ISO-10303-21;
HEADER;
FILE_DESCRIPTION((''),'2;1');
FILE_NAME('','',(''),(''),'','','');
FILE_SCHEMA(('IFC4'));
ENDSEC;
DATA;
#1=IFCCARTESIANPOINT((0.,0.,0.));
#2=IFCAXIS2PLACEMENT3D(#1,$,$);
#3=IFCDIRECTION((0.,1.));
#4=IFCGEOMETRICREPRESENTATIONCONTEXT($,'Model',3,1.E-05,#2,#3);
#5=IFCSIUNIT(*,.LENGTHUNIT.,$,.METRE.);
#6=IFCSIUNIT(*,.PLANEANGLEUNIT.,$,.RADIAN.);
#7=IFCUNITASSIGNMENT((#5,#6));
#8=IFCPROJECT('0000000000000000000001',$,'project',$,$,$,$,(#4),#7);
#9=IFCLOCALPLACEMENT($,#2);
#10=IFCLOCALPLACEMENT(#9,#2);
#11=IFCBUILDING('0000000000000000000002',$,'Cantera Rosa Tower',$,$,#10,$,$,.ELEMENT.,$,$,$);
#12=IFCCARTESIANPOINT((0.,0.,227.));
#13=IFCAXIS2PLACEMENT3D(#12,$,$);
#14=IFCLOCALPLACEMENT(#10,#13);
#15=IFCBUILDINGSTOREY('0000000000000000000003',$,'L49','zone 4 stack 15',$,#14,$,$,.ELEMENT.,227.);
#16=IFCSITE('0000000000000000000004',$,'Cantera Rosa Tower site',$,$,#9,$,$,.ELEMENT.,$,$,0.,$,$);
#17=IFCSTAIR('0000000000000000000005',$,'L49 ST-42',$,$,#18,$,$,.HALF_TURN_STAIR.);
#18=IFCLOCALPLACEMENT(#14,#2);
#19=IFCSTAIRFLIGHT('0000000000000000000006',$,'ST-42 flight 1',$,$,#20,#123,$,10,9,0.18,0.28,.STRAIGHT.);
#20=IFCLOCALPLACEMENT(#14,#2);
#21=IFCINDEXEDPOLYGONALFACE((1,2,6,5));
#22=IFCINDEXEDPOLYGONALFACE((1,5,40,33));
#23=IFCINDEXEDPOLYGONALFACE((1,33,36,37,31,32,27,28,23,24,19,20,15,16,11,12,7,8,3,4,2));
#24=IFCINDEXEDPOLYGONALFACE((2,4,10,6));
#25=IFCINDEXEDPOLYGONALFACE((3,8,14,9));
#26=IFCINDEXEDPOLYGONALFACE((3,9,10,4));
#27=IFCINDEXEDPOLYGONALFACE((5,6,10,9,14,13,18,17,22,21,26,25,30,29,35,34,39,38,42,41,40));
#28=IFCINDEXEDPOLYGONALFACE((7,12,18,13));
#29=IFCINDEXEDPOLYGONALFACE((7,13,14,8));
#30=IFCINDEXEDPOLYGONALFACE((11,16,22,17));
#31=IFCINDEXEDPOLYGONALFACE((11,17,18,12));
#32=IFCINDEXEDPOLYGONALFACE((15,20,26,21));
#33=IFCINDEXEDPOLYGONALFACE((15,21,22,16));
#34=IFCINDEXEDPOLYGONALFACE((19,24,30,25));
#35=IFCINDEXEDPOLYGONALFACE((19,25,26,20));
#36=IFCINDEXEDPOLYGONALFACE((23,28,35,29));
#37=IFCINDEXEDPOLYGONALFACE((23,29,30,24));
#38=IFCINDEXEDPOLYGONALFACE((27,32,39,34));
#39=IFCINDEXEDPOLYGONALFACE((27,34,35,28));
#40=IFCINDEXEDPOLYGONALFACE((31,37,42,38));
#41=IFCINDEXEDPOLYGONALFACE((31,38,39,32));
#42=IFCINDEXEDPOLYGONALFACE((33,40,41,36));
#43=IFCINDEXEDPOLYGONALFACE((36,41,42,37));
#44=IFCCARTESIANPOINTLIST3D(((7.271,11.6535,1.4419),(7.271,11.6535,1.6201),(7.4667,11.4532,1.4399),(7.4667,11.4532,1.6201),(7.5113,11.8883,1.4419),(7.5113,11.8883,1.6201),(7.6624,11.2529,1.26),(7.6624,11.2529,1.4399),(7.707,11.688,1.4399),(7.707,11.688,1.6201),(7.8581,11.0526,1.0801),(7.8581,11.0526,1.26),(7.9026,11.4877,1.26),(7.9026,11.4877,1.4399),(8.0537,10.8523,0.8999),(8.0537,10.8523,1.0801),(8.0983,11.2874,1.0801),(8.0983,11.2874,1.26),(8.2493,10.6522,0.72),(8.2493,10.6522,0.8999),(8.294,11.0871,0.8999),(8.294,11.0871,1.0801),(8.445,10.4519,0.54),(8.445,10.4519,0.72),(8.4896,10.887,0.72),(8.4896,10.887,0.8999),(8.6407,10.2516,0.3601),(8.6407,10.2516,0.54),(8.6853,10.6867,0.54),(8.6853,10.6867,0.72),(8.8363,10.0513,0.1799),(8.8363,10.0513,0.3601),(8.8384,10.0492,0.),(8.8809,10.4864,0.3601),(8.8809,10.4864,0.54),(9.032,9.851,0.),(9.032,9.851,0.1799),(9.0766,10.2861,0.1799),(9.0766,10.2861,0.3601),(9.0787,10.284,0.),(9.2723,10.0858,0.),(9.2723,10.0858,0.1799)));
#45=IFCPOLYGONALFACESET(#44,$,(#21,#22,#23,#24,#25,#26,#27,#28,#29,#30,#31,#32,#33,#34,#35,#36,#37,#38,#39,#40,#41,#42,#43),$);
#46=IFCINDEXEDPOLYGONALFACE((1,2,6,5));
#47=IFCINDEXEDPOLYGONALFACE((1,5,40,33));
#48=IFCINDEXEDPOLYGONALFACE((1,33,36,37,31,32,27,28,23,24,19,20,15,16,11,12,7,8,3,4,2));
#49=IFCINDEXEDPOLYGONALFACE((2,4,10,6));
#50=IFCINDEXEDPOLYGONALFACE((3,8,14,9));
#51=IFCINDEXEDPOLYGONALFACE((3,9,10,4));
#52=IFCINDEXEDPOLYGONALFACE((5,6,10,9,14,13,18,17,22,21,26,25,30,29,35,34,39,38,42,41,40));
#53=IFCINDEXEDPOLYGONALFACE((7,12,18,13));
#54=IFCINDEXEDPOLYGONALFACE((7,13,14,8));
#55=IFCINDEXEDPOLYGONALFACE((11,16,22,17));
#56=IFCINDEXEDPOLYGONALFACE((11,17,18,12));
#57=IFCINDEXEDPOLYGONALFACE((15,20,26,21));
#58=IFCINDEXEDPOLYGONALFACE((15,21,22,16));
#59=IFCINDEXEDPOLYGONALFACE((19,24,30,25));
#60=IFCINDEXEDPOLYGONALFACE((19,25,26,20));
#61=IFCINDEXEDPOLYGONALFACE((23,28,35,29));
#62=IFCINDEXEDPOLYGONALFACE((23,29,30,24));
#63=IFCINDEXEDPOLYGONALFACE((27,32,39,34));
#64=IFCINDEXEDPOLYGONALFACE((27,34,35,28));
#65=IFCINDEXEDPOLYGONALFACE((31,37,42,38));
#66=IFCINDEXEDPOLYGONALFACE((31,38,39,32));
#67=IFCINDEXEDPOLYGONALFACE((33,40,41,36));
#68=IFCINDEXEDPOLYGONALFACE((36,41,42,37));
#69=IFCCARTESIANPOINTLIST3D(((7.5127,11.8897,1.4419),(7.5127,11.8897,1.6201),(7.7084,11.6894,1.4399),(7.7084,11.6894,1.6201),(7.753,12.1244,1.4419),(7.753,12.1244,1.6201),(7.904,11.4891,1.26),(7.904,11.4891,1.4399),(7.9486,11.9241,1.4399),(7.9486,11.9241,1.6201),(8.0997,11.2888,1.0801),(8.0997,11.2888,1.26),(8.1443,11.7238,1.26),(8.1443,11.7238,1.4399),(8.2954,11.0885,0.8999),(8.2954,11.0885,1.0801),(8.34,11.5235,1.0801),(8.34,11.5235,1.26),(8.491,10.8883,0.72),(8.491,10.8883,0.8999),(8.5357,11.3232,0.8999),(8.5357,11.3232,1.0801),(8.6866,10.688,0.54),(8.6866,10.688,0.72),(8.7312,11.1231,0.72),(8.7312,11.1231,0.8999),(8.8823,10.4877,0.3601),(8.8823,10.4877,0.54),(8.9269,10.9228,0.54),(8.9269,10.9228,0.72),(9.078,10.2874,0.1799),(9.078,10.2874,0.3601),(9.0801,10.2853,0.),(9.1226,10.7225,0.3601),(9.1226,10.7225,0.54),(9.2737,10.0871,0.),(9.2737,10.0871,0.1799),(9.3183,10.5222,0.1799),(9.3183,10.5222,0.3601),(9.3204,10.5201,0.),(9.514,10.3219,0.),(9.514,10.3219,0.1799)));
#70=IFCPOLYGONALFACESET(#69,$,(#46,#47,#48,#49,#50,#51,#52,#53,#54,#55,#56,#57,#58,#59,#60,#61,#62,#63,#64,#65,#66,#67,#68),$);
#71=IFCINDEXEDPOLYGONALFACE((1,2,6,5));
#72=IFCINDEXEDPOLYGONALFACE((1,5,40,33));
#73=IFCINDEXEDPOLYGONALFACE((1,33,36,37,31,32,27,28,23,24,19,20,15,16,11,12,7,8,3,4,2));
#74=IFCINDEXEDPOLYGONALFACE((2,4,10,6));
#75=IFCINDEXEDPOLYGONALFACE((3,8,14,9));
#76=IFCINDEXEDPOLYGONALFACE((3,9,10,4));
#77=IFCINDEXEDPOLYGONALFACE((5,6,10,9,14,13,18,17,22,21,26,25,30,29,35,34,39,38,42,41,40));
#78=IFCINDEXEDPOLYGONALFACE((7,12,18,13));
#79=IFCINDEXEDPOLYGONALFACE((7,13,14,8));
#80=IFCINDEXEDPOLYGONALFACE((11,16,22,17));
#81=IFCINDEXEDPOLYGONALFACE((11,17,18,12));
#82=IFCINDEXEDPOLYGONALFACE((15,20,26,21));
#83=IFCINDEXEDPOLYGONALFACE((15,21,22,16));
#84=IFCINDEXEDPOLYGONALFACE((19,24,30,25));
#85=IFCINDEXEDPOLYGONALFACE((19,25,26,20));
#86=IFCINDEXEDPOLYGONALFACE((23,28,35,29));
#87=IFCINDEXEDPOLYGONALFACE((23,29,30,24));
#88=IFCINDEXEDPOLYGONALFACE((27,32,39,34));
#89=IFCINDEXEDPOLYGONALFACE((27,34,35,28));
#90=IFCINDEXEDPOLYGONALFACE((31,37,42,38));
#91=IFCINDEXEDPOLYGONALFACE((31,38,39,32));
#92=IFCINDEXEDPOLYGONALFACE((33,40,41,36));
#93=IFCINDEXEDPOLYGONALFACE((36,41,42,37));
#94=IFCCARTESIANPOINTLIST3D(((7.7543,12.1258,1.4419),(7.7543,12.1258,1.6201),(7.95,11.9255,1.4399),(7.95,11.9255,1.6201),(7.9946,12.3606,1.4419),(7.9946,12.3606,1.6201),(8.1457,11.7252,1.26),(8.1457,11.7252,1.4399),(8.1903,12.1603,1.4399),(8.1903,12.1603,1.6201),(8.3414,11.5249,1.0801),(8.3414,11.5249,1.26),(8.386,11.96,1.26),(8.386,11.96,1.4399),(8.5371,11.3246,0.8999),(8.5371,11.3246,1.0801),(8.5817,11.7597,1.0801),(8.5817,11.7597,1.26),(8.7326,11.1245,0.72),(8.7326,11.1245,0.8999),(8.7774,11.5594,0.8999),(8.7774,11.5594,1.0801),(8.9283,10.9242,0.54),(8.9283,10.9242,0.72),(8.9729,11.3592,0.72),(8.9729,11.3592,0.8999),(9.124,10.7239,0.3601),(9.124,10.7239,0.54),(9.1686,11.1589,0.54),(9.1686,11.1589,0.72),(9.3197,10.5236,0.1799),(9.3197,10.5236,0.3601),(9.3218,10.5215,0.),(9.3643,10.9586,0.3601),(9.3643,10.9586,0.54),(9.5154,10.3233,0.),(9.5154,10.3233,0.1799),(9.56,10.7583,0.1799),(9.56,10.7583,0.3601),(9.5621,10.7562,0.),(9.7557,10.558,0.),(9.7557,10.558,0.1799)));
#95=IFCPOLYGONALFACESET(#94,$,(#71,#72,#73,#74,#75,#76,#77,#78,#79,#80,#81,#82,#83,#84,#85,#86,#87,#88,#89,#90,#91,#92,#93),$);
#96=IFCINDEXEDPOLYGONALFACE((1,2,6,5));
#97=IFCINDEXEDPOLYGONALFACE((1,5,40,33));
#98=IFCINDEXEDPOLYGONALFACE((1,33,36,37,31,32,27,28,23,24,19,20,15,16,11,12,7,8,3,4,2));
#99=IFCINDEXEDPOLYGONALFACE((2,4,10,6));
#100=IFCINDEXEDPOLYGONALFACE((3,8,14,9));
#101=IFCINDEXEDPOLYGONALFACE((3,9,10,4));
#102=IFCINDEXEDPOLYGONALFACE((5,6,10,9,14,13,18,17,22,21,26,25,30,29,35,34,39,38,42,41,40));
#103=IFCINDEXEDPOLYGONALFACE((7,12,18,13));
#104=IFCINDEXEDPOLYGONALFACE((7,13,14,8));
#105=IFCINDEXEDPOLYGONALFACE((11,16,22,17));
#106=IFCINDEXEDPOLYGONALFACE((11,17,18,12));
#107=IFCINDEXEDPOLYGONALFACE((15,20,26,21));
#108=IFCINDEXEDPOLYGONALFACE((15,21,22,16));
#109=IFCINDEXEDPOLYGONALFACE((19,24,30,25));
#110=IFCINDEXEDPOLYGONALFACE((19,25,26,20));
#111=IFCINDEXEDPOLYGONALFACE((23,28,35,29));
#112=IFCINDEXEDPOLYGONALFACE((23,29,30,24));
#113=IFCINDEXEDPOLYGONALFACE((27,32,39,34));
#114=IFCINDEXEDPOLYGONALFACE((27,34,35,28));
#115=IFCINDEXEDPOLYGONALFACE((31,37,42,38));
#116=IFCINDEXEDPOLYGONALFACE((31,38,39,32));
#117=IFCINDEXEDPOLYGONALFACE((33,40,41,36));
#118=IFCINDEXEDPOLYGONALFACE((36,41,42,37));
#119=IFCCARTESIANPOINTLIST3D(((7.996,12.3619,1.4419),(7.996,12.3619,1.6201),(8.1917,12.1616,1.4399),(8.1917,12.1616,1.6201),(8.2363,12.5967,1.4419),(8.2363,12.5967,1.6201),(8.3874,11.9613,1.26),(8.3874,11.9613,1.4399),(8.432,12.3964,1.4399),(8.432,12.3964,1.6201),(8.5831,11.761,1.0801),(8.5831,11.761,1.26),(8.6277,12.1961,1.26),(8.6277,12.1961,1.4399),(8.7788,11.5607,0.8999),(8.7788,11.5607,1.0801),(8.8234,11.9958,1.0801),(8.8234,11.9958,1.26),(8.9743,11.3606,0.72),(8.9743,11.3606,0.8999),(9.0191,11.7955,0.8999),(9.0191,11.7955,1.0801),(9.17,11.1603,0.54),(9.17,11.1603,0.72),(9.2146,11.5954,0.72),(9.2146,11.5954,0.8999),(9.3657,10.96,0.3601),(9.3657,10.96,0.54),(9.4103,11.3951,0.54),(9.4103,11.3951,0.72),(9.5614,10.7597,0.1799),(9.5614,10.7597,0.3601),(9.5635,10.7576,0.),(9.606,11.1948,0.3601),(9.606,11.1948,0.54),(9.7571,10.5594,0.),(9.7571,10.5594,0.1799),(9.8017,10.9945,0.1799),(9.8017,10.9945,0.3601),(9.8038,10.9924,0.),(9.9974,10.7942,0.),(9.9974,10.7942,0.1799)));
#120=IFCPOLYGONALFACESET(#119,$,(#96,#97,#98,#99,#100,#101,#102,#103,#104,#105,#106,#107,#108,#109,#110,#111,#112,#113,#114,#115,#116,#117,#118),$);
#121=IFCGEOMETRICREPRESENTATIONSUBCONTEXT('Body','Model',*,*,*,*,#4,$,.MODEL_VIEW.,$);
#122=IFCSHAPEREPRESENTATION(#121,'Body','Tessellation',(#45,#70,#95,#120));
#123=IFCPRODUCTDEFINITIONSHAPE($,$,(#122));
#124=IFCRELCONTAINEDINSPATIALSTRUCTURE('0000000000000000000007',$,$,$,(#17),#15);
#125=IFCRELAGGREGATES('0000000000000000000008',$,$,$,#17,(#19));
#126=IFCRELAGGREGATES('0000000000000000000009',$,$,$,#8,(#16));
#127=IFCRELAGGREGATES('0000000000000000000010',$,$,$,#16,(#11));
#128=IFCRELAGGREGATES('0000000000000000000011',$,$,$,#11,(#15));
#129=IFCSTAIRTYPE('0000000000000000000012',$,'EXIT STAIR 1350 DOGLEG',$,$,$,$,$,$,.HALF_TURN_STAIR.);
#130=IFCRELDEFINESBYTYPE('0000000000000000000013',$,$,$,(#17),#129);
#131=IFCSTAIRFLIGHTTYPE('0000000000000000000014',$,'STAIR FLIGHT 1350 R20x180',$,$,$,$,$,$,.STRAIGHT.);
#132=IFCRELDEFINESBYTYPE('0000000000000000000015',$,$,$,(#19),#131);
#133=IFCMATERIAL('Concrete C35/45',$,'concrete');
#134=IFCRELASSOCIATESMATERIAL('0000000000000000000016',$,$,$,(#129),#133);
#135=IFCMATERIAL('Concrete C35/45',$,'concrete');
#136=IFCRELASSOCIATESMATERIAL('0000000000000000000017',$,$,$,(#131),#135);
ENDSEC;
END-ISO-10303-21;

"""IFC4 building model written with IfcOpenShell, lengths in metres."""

from ifc_helpers import new_model, si_unit, direction, frame, origin, place, context, subcontext, project, spatial, polyline, outline, extrude, material, type_object, element, aggregate, save


model = new_model("IFC4")

# Units and contexts
model_context = context("Model", 3, precision=1e-05, world=origin(), true_north=direction((0.0, 1.0)))
body_context = subcontext(model_context, "Body", "Model", "MODEL_VIEW")
ifc_project = project(units=[si_unit("LENGTHUNIT", "METRE"), si_unit("PLANEANGLEUNIT", "RADIAN")], contexts=[model_context])

# Site, building, storey
site_placement = place(None, origin())
site = spatial("IfcSite", under=ifc_project, at=site_placement, Name="Cantera Rosa Tower site", CompositionType="ELEMENT", RefElevation=0.0)
building_placement = place(site_placement, origin())
building = spatial("IfcBuilding", under=site, at=building_placement, Name="Cantera Rosa Tower", CompositionType="ELEMENT")
storey_placement = place(building_placement, frame((0.0, 0.0, 227.0)))
storey = spatial("IfcBuildingStorey", under=building, at=storey_placement, Name="L49", Description="zone 4 stack 15", CompositionType="ELEMENT", Elevation=227.0)

# Stair, stair flight
ifc_material_1 = material(Name="Concrete C35/45", Category="concrete")
stair_type = type_object("IfcStairType", Name="EXIT STAIR 1350 DOGLEG", PredefinedType="HALF_TURN_STAIR", material=ifc_material_1)
stair_placement = place(storey_placement, origin())
stair = element("IfcStair", 1, at=stair_placement, inside=storey, type_object=stair_type, Name="L49 ST-42", PredefinedType="HALF_TURN_STAIR")
ifc_material_2 = material(Name="Concrete C35/45", Category="concrete")
stair_flight_type = type_object("IfcStairFlightType", Name="STAIR FLIGHT 1350 R20x180", PredefinedType="STRAIGHT", material=ifc_material_2)
stair_flight_1_placement = place(storey_placement, frame((9.5149, 10.3228, 0.0), z_axis=(0.0, 0.0, 1.0), x_axis=(-0.698832, 0.715286, 0.0)))
stair_flight_1 = element("IfcStairFlight", 2, at=stair_flight_1_placement, type_object=stair_flight_type, Name="ST-42 flight 1", NumberOfRisers=10, NumberOfTreads=9, PredefinedType="STRAIGHT", RiserHeight=0.18, TreadLength=0.28, context=body_context, shape_type="SweptSolid", body=[
    extrude(outline(polyline([(0.0, 0.0), (0.0, 0.1799), (0.28, 0.1799), (0.28, 0.3601), (0.5601, 0.3601), (0.5601, 0.54), (0.8401, 0.54), (0.8401, 0.72), (1.1201, 0.72), (1.1201, 0.8999), (1.3999, 0.8999), (1.3999, 1.0801), (1.6799, 1.0801), (1.6799, 1.26), (1.96, 1.26), (1.96, 1.4399), (2.24, 1.4399), (2.24, 1.6201), (2.52, 1.6201), (2.52, 1.8), (2.52, 1.4419), (0.2771, 0.0), (0.0, 0.0)])), frame((0.0, 0.675, 0.0), z_axis=(0.0, -1.0, 0.0), x_axis=(1.0, 0.0, 0.0)), (0.0, 0.0, 1.0), 0.3359),
    extrude(outline(polyline([(0.0, 0.0), (0.0, 0.1799), (0.28, 0.1799), (0.28, 0.3601), (0.5601, 0.3601), (0.5601, 0.54), (0.8401, 0.54), (0.8401, 0.72), (1.1201, 0.72), (1.1201, 0.8999), (1.3999, 0.8999), (1.3999, 1.0801), (1.6799, 1.0801), (1.6799, 1.26), (1.96, 1.26), (1.96, 1.4399), (2.24, 1.4399), (2.24, 1.6201), (2.52, 1.6201), (2.52, 1.8), (2.52, 1.4419), (0.2771, 0.0), (0.0, 0.0)])), frame((0.0, 0.3372, 0.0), z_axis=(0.0, -1.0, 0.0), x_axis=(1.0, 0.0, 0.0)), (0.0, 0.0, 1.0), 0.3359),
    extrude(outline(polyline([(0.0, 0.0), (0.0, 0.1799), (0.28, 0.1799), (0.28, 0.3601), (0.5601, 0.3601), (0.5601, 0.54), (0.8401, 0.54), (0.8401, 0.72), (1.1201, 0.72), (1.1201, 0.8999), (1.3999, 0.8999), (1.3999, 1.0801), (1.6799, 1.0801), (1.6799, 1.26), (1.96, 1.26), (1.96, 1.4399), (2.24, 1.4399), (2.24, 1.6201), (2.52, 1.6201), (2.52, 1.8), (2.52, 1.4419), (0.2771, 0.0), (0.0, 0.0)])), frame((0.0, -0.0007, 0.0), z_axis=(0.0, -1.0, 0.0), x_axis=(1.0, 0.0, 0.0)), (0.0, 0.0, 1.0), 0.3359),
    extrude(outline(polyline([(0.0, 0.0), (0.0, 0.1799), (0.28, 0.1799), (0.28, 0.3601), (0.5601, 0.3601), (0.5601, 0.54), (0.8401, 0.54), (0.8401, 0.72), (1.1201, 0.72), (1.1201, 0.8999), (1.3999, 0.8999), (1.3999, 1.0801), (1.6799, 1.0801), (1.6799, 1.26), (1.96, 1.26), (1.96, 1.4399), (2.24, 1.4399), (2.24, 1.6201), (2.52, 1.6201), (2.52, 1.8), (2.52, 1.4419), (0.2771, 0.0), (0.0, 0.0)])), frame((0.0, -0.3386, 0.0), z_axis=(0.0, -1.0, 0.0), x_axis=(1.0, 0.0, 0.0)), (0.0, 0.0, 1.0), 0.3359),
])
aggregate(stair, [stair_flight_1])

save(model, "model.ifc")
